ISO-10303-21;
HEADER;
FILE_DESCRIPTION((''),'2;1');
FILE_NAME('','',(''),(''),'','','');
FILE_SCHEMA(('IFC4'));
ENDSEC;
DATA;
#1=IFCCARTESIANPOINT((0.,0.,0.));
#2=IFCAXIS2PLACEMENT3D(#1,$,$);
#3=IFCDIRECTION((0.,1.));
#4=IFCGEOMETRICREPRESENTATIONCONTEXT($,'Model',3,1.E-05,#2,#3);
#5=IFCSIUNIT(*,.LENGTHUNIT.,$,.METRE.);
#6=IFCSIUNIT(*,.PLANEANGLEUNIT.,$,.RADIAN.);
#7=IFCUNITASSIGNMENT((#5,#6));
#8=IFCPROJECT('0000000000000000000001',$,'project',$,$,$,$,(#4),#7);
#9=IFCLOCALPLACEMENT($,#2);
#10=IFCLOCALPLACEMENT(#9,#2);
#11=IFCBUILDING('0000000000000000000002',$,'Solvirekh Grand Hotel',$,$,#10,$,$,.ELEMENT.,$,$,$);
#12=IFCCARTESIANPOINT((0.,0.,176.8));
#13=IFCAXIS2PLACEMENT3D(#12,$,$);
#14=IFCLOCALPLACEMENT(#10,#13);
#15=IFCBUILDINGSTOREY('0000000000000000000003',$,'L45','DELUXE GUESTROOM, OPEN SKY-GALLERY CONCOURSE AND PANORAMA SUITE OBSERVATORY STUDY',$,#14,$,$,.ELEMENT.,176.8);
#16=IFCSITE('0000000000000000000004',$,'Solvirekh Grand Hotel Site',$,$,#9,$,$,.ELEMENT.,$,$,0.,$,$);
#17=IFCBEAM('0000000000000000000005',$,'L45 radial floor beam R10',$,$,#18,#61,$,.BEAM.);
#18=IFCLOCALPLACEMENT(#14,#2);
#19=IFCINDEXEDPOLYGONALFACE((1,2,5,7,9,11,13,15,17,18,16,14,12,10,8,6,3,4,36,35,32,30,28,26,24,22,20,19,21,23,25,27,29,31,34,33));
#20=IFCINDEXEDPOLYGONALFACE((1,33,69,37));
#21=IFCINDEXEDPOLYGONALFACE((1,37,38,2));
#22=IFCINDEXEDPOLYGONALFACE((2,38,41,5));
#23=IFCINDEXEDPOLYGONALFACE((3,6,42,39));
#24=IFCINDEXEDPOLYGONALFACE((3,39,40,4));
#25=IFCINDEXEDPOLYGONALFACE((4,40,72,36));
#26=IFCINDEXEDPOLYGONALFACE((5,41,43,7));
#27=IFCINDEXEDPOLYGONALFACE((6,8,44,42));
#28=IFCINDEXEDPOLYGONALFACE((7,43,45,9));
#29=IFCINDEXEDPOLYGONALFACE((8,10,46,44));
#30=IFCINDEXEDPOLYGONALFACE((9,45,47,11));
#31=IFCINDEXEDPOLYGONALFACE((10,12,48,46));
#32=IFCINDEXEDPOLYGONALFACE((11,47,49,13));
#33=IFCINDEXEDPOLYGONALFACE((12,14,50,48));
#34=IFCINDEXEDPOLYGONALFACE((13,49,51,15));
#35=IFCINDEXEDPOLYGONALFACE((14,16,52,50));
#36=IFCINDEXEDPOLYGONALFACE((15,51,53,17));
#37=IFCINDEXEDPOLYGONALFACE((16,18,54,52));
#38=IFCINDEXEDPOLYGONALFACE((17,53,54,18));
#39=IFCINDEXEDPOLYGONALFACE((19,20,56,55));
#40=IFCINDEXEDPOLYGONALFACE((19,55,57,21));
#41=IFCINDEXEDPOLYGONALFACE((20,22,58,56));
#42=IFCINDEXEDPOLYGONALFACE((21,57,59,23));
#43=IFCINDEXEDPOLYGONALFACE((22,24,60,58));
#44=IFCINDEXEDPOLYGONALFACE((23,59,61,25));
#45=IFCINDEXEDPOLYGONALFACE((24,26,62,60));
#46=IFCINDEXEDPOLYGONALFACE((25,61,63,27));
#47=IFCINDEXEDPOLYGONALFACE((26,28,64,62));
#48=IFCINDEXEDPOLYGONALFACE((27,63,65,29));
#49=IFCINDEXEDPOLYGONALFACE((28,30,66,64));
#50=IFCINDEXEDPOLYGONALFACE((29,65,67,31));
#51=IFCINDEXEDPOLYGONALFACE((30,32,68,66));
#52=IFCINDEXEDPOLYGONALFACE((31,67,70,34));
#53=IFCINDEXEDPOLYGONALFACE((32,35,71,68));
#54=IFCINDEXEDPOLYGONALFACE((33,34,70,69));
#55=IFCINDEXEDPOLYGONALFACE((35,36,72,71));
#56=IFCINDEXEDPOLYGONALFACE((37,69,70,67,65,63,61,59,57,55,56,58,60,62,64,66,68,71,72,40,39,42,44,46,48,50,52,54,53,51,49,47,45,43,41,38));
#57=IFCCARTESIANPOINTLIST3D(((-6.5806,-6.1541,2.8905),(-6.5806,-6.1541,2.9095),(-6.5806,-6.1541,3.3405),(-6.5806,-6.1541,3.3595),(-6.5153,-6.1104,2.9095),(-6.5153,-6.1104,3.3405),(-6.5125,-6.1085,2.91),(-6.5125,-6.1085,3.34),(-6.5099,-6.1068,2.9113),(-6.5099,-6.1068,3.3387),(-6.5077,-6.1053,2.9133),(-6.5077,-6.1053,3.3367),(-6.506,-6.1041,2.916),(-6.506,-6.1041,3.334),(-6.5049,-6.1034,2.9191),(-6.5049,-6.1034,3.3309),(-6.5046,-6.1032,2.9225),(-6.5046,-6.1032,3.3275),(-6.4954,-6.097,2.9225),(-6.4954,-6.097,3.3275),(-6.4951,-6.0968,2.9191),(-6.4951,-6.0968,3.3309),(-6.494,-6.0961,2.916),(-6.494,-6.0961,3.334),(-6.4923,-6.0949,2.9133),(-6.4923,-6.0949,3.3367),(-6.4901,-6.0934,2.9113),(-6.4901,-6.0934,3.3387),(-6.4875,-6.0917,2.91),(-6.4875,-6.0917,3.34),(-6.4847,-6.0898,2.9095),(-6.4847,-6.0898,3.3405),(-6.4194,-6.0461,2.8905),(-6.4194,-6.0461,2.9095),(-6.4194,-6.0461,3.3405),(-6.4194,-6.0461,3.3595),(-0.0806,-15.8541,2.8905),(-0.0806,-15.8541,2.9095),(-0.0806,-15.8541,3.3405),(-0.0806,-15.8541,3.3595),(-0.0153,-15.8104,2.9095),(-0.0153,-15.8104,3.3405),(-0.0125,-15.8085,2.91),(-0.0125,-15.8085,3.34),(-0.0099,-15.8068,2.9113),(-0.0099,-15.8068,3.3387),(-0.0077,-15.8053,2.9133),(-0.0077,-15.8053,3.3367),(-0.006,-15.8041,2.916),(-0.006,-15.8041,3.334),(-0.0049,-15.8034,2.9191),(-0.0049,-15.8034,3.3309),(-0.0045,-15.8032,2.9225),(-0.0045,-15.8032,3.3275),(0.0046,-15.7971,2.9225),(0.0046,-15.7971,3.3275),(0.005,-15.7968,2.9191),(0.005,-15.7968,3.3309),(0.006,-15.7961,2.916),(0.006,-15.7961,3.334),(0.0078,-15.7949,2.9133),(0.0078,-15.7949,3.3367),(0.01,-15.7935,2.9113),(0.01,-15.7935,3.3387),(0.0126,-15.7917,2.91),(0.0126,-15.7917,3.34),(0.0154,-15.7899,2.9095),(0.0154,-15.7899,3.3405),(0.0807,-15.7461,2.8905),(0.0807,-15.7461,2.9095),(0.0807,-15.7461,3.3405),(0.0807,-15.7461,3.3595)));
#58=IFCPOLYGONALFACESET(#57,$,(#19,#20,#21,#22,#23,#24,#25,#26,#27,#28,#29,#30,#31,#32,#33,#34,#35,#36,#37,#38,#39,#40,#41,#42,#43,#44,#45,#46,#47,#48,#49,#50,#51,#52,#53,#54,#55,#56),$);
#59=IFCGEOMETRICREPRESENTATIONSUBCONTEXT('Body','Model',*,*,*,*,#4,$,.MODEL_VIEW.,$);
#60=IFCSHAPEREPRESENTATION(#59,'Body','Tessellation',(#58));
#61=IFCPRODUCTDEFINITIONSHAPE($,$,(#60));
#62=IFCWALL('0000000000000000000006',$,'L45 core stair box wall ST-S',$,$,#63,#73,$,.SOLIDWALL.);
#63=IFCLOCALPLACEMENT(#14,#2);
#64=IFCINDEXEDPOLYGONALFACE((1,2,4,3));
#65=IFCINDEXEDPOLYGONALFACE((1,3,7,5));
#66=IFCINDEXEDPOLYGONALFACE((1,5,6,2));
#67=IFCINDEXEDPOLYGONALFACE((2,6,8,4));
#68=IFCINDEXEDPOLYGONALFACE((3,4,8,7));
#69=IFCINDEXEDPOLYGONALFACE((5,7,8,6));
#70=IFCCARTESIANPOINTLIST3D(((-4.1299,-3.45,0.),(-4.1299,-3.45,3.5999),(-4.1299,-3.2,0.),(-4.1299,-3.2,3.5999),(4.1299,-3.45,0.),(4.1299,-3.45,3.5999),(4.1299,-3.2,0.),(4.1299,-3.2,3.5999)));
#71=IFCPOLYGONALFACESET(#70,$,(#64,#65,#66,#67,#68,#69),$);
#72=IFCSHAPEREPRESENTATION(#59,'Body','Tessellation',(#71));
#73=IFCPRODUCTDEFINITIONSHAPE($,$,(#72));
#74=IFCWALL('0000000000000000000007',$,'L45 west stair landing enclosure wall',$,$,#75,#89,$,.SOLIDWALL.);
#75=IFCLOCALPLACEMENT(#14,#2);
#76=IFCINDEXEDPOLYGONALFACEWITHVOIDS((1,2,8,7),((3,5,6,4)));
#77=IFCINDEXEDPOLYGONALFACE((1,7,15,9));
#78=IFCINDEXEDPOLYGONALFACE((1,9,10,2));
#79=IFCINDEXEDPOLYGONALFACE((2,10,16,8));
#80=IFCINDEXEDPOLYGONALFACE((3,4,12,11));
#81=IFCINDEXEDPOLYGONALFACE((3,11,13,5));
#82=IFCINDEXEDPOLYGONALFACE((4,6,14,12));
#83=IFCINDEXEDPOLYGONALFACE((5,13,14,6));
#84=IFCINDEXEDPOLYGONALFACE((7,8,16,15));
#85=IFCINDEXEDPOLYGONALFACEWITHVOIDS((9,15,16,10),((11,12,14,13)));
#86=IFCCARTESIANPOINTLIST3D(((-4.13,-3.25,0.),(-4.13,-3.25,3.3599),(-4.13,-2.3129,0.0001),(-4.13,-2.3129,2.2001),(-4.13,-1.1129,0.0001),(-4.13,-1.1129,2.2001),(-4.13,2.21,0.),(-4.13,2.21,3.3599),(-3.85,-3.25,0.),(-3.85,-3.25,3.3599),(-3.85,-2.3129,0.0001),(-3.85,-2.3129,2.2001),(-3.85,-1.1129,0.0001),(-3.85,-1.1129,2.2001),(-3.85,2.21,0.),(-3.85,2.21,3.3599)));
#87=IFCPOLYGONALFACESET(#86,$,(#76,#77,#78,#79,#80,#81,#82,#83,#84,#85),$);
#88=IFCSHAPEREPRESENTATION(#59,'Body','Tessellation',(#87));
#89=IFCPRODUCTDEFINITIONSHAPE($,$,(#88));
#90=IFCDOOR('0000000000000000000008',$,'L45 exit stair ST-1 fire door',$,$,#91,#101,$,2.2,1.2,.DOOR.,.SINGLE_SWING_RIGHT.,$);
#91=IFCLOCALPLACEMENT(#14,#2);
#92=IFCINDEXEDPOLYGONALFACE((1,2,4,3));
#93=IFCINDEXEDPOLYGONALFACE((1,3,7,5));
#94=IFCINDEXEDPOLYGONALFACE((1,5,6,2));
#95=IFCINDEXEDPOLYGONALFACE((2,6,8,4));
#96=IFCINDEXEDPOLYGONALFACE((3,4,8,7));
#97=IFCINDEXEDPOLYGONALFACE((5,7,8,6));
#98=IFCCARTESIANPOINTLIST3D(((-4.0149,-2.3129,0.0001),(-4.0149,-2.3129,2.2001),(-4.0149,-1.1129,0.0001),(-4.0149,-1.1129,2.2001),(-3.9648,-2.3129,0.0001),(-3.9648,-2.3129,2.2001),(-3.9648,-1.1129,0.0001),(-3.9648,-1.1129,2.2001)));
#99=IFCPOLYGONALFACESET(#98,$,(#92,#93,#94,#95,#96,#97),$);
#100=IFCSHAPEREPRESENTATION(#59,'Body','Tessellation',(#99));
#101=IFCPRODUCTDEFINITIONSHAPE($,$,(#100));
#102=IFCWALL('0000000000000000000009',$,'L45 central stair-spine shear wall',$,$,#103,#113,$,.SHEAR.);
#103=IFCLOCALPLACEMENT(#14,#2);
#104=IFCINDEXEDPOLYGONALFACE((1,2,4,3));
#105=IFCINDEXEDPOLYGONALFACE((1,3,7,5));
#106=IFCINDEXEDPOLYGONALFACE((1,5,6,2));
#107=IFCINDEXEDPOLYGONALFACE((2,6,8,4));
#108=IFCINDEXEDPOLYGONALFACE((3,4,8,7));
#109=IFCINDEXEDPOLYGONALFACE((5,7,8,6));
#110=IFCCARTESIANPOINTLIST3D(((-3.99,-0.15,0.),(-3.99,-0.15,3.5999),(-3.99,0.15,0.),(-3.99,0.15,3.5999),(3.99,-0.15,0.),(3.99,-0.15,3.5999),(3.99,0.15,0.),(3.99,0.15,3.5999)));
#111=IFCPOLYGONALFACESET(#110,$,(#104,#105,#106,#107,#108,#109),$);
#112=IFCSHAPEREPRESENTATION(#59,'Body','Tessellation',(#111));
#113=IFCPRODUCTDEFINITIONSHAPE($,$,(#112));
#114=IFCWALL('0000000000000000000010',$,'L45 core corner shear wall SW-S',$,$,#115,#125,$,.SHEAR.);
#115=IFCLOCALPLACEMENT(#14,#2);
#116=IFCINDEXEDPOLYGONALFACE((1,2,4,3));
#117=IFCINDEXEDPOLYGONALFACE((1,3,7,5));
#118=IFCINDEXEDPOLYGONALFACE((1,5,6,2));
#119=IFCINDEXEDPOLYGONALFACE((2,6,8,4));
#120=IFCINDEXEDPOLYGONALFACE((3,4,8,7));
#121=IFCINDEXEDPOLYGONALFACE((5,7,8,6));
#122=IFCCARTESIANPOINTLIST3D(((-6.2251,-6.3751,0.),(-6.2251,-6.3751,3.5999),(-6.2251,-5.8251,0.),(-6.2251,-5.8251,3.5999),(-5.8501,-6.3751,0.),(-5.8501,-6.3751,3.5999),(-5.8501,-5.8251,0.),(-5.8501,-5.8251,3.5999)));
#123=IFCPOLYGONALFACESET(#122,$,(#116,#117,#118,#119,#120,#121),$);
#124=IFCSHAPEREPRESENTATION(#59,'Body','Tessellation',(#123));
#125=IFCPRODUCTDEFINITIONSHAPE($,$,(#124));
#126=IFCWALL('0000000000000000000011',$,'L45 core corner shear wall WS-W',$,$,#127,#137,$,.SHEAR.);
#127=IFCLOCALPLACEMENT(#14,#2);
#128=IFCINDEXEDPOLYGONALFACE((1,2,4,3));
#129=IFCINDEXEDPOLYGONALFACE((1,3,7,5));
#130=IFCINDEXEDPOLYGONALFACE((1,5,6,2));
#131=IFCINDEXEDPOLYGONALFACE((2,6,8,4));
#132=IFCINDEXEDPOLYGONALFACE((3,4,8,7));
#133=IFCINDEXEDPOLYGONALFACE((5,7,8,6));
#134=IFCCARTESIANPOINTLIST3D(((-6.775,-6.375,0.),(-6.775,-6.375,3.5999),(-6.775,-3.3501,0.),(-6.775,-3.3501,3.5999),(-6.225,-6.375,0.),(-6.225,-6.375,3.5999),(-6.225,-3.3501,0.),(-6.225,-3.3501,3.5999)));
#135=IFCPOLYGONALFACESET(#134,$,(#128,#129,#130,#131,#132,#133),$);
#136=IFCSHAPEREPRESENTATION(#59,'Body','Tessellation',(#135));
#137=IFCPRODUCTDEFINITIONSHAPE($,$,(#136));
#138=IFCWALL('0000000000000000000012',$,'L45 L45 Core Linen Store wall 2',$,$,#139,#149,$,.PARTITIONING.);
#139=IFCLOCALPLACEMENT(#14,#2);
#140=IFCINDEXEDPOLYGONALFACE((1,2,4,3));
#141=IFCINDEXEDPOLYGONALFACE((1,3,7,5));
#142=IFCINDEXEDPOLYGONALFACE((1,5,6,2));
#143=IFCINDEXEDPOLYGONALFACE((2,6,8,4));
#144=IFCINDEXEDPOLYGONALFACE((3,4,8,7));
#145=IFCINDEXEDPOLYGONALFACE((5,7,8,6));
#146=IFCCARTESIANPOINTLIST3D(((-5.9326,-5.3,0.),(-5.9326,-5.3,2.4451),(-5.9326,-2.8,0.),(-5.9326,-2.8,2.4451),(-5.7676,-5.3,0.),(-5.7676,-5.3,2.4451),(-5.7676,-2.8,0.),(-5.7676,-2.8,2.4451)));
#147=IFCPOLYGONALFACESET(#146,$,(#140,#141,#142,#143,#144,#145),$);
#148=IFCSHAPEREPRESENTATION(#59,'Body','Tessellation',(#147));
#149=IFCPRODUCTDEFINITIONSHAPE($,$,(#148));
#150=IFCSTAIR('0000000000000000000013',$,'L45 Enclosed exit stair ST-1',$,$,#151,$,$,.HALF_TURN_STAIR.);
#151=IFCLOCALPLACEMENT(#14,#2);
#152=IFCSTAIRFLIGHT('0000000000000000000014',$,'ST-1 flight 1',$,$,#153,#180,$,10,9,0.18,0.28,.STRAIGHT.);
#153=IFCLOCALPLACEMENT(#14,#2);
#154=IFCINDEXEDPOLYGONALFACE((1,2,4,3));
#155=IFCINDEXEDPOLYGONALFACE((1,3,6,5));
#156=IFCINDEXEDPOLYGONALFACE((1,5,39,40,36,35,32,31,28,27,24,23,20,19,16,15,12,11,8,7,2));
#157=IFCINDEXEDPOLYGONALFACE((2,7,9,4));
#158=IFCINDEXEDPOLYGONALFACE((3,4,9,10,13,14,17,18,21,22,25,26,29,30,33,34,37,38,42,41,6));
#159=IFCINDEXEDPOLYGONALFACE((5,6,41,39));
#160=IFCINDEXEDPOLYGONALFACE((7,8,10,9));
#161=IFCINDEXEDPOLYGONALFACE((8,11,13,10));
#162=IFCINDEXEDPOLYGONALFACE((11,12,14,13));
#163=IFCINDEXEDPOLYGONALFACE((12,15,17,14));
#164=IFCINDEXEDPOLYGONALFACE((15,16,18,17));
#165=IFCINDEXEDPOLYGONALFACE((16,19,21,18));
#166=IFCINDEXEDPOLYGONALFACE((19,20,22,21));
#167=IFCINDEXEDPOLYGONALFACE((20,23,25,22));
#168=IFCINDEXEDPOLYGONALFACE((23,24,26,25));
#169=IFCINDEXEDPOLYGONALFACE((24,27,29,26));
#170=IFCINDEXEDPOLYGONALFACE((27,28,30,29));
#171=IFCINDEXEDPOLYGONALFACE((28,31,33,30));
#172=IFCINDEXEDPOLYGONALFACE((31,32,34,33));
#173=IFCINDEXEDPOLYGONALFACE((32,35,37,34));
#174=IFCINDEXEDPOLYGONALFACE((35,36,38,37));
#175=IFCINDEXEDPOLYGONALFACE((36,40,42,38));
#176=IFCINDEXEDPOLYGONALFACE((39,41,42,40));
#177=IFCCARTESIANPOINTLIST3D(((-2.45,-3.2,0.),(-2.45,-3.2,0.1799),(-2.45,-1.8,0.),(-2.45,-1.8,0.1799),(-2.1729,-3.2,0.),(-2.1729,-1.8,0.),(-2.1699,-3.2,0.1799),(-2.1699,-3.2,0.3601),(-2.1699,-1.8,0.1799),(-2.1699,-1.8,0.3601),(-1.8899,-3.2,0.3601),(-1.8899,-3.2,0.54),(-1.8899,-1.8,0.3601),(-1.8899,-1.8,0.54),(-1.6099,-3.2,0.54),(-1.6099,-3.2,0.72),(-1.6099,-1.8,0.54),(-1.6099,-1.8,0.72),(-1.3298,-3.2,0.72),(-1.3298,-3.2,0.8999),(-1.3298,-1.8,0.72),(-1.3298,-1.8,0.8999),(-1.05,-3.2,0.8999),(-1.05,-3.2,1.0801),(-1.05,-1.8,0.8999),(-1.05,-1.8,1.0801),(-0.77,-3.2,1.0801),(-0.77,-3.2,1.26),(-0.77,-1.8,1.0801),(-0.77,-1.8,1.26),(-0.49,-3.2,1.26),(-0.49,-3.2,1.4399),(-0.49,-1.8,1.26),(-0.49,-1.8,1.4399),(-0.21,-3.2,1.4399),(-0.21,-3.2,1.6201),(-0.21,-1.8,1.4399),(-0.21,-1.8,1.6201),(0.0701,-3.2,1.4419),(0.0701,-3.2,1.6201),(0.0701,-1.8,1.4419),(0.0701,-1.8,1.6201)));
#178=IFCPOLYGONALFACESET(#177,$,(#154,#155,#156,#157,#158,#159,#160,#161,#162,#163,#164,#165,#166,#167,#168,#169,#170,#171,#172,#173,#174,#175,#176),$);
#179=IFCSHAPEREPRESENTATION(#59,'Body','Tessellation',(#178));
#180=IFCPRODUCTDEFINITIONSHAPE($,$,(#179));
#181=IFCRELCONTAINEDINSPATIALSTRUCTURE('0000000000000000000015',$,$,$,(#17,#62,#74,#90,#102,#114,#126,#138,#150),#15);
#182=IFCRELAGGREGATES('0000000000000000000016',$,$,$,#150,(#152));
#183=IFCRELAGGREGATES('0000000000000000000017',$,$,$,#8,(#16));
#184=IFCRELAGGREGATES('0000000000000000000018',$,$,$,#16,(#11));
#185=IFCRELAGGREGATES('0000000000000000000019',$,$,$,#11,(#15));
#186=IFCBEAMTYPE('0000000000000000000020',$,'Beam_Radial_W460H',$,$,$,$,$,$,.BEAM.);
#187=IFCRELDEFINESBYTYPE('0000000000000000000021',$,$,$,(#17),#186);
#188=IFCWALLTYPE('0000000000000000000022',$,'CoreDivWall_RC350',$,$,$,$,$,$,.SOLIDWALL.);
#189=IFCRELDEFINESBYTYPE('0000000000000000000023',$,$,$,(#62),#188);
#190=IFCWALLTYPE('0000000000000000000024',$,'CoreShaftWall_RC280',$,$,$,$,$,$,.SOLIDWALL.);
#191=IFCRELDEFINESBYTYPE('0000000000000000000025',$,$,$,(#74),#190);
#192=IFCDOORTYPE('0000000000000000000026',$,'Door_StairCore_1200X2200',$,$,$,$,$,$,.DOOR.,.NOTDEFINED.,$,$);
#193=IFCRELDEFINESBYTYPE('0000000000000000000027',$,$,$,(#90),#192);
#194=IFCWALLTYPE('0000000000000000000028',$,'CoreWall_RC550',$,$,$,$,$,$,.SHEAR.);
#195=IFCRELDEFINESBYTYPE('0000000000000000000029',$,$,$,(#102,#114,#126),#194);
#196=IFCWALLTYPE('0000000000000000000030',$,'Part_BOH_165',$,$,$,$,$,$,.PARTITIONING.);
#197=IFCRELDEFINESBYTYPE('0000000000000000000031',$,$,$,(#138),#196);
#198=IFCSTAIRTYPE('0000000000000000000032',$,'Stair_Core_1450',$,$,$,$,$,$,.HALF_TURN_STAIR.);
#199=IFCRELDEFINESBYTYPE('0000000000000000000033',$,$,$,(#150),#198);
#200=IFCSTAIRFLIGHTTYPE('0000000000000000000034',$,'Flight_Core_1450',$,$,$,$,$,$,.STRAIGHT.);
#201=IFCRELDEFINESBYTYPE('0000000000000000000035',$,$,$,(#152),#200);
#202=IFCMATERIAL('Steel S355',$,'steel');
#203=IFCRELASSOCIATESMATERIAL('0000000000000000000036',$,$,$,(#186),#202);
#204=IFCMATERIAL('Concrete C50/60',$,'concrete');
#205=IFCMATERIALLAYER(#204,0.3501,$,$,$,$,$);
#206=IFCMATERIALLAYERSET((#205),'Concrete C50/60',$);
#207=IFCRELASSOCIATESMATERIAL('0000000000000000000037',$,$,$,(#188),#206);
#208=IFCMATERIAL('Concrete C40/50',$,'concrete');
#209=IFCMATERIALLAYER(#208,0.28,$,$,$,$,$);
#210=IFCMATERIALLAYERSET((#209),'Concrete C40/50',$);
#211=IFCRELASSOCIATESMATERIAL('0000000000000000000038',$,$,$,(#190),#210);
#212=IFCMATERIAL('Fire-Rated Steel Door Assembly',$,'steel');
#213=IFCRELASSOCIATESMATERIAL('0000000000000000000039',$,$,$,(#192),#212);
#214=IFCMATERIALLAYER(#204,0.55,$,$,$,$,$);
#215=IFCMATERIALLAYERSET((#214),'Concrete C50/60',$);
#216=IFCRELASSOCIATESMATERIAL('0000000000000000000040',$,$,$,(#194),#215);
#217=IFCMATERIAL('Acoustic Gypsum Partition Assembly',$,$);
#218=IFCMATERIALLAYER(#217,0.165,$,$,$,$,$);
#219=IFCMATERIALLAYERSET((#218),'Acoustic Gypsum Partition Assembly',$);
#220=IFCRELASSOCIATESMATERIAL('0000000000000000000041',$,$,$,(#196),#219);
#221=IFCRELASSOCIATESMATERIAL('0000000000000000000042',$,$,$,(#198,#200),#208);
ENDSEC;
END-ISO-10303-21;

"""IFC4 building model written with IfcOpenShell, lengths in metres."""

from ifc_helpers import new_model, si_unit, direction, frame, frame_2d, origin, origin_2d, place, context, subcontext, project, spatial, polyline, rectangle, i_section, outline, extrude, material, layer, layer_set, material_profile, profile_set, type_object, element, fill, aggregate, save


model = new_model("IFC4")

# Units and contexts
model_context = context("Model", 3, precision=1e-05, world=origin(), true_north=direction((0.0, 1.0)))
body_context = subcontext(model_context, "Body", "Model", "MODEL_VIEW")
ifc_project = project(units=[si_unit("LENGTHUNIT", "METRE"), si_unit("PLANEANGLEUNIT", "RADIAN")], contexts=[model_context])

# Site, building, storey
site_placement = place(None, origin())
site = spatial("IfcSite", under=ifc_project, at=site_placement, Name="Solvirekh Grand Hotel Site", CompositionType="ELEMENT", RefElevation=0.0)
building_placement = place(site_placement, origin())
building = spatial("IfcBuilding", under=site, at=building_placement, Name="Solvirekh Grand Hotel", CompositionType="ELEMENT")
storey_placement = place(building_placement, frame((0.0, 0.0, 176.8)))
storey = spatial("IfcBuildingStorey", under=building, at=storey_placement, Name="L45", Description="DELUXE GUESTROOM, OPEN SKY-GALLERY CONCOURSE AND PANORAMA SUITE OBSERVATORY STUDY", CompositionType="ELEMENT", Elevation=176.8)

# Shared definitions
ifc_material_1 = material(Name="Concrete C50/60", Category="concrete")

# Beam
ifc_material_2 = material(Name="Steel S355", Category="steel")
ifc_material_profile_1 = material_profile(ifc_material_2, i_section(OverallWidth=0.1941, OverallDepth=0.469, WebThickness=0.011, FlangeThickness=0.019, FilletRadius=0.0129, at=origin_2d()), Name="W460X106")
ifc_profile_set_1 = profile_set([ifc_material_profile_1], Name="Steel S355")
beam_type_1 = type_object("IfcBeamType", Name="Beam_Radial_W460H", PredefinedType="BEAM", material=ifc_profile_set_1)
beam_1_placement = place(storey_placement, frame((-6.5, -6.1001, 3.125), z_axis=(0.556677, -0.830729, 0.0), x_axis=(0.830729, 0.556677, 0.0)))
element("IfcBeam", 1, at=beam_1_placement, inside=storey, type_object=beam_type_1, Name="L45 radial floor beam R10", PredefinedType="BEAM", context=body_context, shape_type="SweptSolid", body=[
    extrude(i_section(OverallWidth=0.1941, OverallDepth=0.469, WebThickness=0.011, FlangeThickness=0.019, FilletRadius=0.0129, at=origin_2d()), origin(), (0.0, 0.0, 1.0), 11.6765),
])

# Wall
ifc_layer_1 = layer(ifc_material_1, 0.3501)
ifc_layer_set_1 = layer_set([ifc_layer_1], Name="Concrete C50/60")
wall_type_1 = type_object("IfcWallType", Name="CoreDivWall_RC350", PredefinedType="SOLIDWALL", material=ifc_layer_set_1)
wall_1_placement = place(storey_placement, frame((-4.1299, -3.325, 0.0), z_axis=(0.0, 0.0, 1.0), x_axis=(1.0, 0.0, 0.0)))
element("IfcWall", 2, at=wall_1_placement, inside=storey, type_object=wall_type_1, Name="L45 core stair box wall ST-S", PredefinedType="SOLIDWALL", context=body_context, shape_type="SweptSolid", body=[
    extrude(rectangle(XDim=8.2598, YDim=0.25, at=frame_2d((4.1299, 0.0))), origin(), (0.0, 0.0, 1.0), 3.5999),
])

# Wall, opening, door
ifc_material_3 = material(Name="Concrete C40/50", Category="concrete")
ifc_layer_2 = layer(ifc_material_3, 0.28)
ifc_layer_set_2 = layer_set([ifc_layer_2], Name="Concrete C40/50")
wall_type_2 = type_object("IfcWallType", Name="CoreShaftWall_RC280", PredefinedType="SOLIDWALL", material=ifc_layer_set_2)
wall_2_placement = place(storey_placement, frame((-3.99, -3.25, 0.0), z_axis=(0.0, 0.0, 1.0), x_axis=(0.0, 1.0, 0.0)))
wall_2 = element("IfcWall", 3, at=wall_2_placement, inside=storey, type_object=wall_type_2, Name="L45 west stair landing enclosure wall", PredefinedType="SOLIDWALL", context=body_context, shape_type="SweptSolid", body=[
    extrude(rectangle(XDim=5.46, YDim=0.28, at=frame_2d((2.73, 0.0))), origin(), (0.0, 0.0, 1.0), 3.3599),
])
opening_placement = place(wall_2_placement, frame((0.937, 0.0, 0.0)))
opening = element("IfcOpeningElement", 4, at=opening_placement, cuts=wall_2, PredefinedType="OPENING", context=body_context, shape_type="SweptSolid", body=[
    extrude(rectangle(XDim=1.2, YDim=2.2, at=frame_2d((0.6001, 1.1001))), frame((0.0, 0.1499, 0.0), z_axis=(0.0, -1.0, 0.0), x_axis=(1.0, 0.0, 0.0)), (0.0, 0.0, 1.0), 0.3),
])
ifc_material_4 = material(Name="Fire-Rated Steel Door Assembly", Category="steel")
door_type = type_object("IfcDoorType", Name="Door_StairCore_1200X2200", OperationType="NOTDEFINED", PredefinedType="DOOR", material=ifc_material_4)
door_placement = place(opening_placement, origin())
door = element("IfcDoor", 5, at=door_placement, inside=storey, type_object=door_type, Name="L45 exit stair ST-1 fire door", OperationType="SINGLE_SWING_RIGHT", OverallHeight=2.2, OverallWidth=1.2, PredefinedType="DOOR", context=body_context, shape_type="SweptSolid", body=[
    extrude(rectangle(XDim=1.2, YDim=2.2, at=frame_2d((0.6001, 1.1001))), frame((0.0, 0.0249, 0.0), z_axis=(0.0, -1.0, 0.0), x_axis=(1.0, 0.0, 0.0)), (0.0, 0.0, 1.0), 0.05),
])
fill(opening, door)

# Walls
ifc_layer_3 = layer(ifc_material_1, 0.55)
ifc_layer_set_3 = layer_set([ifc_layer_3], Name="Concrete C50/60")
wall_type_3 = type_object("IfcWallType", Name="CoreWall_RC550", PredefinedType="SHEAR", material=ifc_layer_set_3)
wall_3_placement = place(storey_placement, frame((-3.99, 0.0, 0.0), z_axis=(0.0, 0.0, 1.0), x_axis=(1.0, 0.0, 0.0)))
element("IfcWall", 6, at=wall_3_placement, inside=storey, type_object=wall_type_3, Name="L45 central stair-spine shear wall", PredefinedType="SHEAR", context=body_context, shape_type="SweptSolid", body=[
    extrude(rectangle(XDim=7.98, YDim=0.3, at=frame_2d((3.99, 0.0))), origin(), (0.0, 0.0, 1.0), 3.5999),
])
wall_4_placement = place(storey_placement, frame((-6.2251, -6.1001, 0.0), z_axis=(0.0, 0.0, 1.0), x_axis=(1.0, 0.0, 0.0)))
element("IfcWall", 7, at=wall_4_placement, inside=storey, type_object=wall_type_3, Name="L45 core corner shear wall SW-S", PredefinedType="SHEAR", context=body_context, shape_type="SweptSolid", body=[
    extrude(rectangle(XDim=0.375, YDim=0.55, at=frame_2d((0.1875, 0.0))), origin(), (0.0, 0.0, 1.0), 3.5999),
])
wall_5_placement = place(storey_placement, frame((-6.5, -6.375, 0.0), z_axis=(0.0, 0.0, 1.0), x_axis=(0.0, 1.0, 0.0)))
element("IfcWall", 8, at=wall_5_placement, inside=storey, type_object=wall_type_3, Name="L45 core corner shear wall WS-W", PredefinedType="SHEAR", context=body_context, shape_type="SweptSolid", body=[
    extrude(rectangle(XDim=3.0249, YDim=0.55, at=frame_2d((1.5125, 0.0))), origin(), (0.0, 0.0, 1.0), 3.5999),
])
ifc_material_5 = material(Name="Acoustic Gypsum Partition Assembly")
ifc_layer_4 = layer(ifc_material_5, 0.165)
ifc_layer_set_4 = layer_set([ifc_layer_4], Name="Acoustic Gypsum Partition Assembly")
wall_type_4 = type_object("IfcWallType", Name="Part_BOH_165", PredefinedType="PARTITIONING", material=ifc_layer_set_4)
wall_6_placement = place(storey_placement, frame((-5.8501, -5.3, 0.0), z_axis=(0.0, 0.0, 1.0), x_axis=(0.0, 1.0, 0.0)))
element("IfcWall", 9, at=wall_6_placement, inside=storey, type_object=wall_type_4, Name="L45 L45 Core Linen Store wall 2", PredefinedType="PARTITIONING", context=body_context, shape_type="SweptSolid", body=[
    extrude(rectangle(XDim=2.5, YDim=0.165, at=frame_2d((1.25, 0.0))), origin(), (0.0, 0.0, 1.0), 2.4451),
])

# Stair, stair flight
stair_type = type_object("IfcStairType", Name="Stair_Core_1450", PredefinedType="HALF_TURN_STAIR", material=ifc_material_3)
stair_placement = place(storey_placement, origin())
stair = element("IfcStair", 10, at=stair_placement, inside=storey, type_object=stair_type, Name="L45 Enclosed exit stair ST-1", PredefinedType="HALF_TURN_STAIR")
stair_flight_type = type_object("IfcStairFlightType", Name="Flight_Core_1450", PredefinedType="STRAIGHT", material=ifc_material_3)
stair_flight_placement = place(storey_placement, frame((-2.45, -2.5, 0.0), z_axis=(0.0, 0.0, 1.0), x_axis=(1.0, 0.0, 0.0)))
stair_flight = element("IfcStairFlight", 11, at=stair_flight_placement, type_object=stair_flight_type, Name="ST-1 flight 1", NumberOfRisers=10, NumberOfTreads=9, PredefinedType="STRAIGHT", RiserHeight=0.18, TreadLength=0.28, context=body_context, shape_type="SweptSolid", body=[
    extrude(outline(polyline([(0.0, 0.0), (0.0, 0.1799), (0.28, 0.1799), (0.28, 0.3601), (0.5601, 0.3601), (0.5601, 0.54), (0.8401, 0.54), (0.8401, 0.72), (1.1201, 0.72), (1.1201, 0.8999), (1.3999, 0.8999), (1.3999, 1.0801), (1.6799, 1.0801), (1.6799, 1.26), (1.96, 1.26), (1.96, 1.4399), (2.24, 1.4399), (2.24, 1.6201), (2.52, 1.6201), (2.52, 1.8), (2.52, 1.4419), (0.2771, 0.0), (0.0, 0.0)])), frame((0.0, 0.7, 0.0), z_axis=(0.0, -1.0, 0.0), x_axis=(1.0, 0.0, 0.0)), (0.0, 0.0, 1.0), 1.3999),
])
aggregate(stair, [stair_flight])

save(model, "model.ifc")
